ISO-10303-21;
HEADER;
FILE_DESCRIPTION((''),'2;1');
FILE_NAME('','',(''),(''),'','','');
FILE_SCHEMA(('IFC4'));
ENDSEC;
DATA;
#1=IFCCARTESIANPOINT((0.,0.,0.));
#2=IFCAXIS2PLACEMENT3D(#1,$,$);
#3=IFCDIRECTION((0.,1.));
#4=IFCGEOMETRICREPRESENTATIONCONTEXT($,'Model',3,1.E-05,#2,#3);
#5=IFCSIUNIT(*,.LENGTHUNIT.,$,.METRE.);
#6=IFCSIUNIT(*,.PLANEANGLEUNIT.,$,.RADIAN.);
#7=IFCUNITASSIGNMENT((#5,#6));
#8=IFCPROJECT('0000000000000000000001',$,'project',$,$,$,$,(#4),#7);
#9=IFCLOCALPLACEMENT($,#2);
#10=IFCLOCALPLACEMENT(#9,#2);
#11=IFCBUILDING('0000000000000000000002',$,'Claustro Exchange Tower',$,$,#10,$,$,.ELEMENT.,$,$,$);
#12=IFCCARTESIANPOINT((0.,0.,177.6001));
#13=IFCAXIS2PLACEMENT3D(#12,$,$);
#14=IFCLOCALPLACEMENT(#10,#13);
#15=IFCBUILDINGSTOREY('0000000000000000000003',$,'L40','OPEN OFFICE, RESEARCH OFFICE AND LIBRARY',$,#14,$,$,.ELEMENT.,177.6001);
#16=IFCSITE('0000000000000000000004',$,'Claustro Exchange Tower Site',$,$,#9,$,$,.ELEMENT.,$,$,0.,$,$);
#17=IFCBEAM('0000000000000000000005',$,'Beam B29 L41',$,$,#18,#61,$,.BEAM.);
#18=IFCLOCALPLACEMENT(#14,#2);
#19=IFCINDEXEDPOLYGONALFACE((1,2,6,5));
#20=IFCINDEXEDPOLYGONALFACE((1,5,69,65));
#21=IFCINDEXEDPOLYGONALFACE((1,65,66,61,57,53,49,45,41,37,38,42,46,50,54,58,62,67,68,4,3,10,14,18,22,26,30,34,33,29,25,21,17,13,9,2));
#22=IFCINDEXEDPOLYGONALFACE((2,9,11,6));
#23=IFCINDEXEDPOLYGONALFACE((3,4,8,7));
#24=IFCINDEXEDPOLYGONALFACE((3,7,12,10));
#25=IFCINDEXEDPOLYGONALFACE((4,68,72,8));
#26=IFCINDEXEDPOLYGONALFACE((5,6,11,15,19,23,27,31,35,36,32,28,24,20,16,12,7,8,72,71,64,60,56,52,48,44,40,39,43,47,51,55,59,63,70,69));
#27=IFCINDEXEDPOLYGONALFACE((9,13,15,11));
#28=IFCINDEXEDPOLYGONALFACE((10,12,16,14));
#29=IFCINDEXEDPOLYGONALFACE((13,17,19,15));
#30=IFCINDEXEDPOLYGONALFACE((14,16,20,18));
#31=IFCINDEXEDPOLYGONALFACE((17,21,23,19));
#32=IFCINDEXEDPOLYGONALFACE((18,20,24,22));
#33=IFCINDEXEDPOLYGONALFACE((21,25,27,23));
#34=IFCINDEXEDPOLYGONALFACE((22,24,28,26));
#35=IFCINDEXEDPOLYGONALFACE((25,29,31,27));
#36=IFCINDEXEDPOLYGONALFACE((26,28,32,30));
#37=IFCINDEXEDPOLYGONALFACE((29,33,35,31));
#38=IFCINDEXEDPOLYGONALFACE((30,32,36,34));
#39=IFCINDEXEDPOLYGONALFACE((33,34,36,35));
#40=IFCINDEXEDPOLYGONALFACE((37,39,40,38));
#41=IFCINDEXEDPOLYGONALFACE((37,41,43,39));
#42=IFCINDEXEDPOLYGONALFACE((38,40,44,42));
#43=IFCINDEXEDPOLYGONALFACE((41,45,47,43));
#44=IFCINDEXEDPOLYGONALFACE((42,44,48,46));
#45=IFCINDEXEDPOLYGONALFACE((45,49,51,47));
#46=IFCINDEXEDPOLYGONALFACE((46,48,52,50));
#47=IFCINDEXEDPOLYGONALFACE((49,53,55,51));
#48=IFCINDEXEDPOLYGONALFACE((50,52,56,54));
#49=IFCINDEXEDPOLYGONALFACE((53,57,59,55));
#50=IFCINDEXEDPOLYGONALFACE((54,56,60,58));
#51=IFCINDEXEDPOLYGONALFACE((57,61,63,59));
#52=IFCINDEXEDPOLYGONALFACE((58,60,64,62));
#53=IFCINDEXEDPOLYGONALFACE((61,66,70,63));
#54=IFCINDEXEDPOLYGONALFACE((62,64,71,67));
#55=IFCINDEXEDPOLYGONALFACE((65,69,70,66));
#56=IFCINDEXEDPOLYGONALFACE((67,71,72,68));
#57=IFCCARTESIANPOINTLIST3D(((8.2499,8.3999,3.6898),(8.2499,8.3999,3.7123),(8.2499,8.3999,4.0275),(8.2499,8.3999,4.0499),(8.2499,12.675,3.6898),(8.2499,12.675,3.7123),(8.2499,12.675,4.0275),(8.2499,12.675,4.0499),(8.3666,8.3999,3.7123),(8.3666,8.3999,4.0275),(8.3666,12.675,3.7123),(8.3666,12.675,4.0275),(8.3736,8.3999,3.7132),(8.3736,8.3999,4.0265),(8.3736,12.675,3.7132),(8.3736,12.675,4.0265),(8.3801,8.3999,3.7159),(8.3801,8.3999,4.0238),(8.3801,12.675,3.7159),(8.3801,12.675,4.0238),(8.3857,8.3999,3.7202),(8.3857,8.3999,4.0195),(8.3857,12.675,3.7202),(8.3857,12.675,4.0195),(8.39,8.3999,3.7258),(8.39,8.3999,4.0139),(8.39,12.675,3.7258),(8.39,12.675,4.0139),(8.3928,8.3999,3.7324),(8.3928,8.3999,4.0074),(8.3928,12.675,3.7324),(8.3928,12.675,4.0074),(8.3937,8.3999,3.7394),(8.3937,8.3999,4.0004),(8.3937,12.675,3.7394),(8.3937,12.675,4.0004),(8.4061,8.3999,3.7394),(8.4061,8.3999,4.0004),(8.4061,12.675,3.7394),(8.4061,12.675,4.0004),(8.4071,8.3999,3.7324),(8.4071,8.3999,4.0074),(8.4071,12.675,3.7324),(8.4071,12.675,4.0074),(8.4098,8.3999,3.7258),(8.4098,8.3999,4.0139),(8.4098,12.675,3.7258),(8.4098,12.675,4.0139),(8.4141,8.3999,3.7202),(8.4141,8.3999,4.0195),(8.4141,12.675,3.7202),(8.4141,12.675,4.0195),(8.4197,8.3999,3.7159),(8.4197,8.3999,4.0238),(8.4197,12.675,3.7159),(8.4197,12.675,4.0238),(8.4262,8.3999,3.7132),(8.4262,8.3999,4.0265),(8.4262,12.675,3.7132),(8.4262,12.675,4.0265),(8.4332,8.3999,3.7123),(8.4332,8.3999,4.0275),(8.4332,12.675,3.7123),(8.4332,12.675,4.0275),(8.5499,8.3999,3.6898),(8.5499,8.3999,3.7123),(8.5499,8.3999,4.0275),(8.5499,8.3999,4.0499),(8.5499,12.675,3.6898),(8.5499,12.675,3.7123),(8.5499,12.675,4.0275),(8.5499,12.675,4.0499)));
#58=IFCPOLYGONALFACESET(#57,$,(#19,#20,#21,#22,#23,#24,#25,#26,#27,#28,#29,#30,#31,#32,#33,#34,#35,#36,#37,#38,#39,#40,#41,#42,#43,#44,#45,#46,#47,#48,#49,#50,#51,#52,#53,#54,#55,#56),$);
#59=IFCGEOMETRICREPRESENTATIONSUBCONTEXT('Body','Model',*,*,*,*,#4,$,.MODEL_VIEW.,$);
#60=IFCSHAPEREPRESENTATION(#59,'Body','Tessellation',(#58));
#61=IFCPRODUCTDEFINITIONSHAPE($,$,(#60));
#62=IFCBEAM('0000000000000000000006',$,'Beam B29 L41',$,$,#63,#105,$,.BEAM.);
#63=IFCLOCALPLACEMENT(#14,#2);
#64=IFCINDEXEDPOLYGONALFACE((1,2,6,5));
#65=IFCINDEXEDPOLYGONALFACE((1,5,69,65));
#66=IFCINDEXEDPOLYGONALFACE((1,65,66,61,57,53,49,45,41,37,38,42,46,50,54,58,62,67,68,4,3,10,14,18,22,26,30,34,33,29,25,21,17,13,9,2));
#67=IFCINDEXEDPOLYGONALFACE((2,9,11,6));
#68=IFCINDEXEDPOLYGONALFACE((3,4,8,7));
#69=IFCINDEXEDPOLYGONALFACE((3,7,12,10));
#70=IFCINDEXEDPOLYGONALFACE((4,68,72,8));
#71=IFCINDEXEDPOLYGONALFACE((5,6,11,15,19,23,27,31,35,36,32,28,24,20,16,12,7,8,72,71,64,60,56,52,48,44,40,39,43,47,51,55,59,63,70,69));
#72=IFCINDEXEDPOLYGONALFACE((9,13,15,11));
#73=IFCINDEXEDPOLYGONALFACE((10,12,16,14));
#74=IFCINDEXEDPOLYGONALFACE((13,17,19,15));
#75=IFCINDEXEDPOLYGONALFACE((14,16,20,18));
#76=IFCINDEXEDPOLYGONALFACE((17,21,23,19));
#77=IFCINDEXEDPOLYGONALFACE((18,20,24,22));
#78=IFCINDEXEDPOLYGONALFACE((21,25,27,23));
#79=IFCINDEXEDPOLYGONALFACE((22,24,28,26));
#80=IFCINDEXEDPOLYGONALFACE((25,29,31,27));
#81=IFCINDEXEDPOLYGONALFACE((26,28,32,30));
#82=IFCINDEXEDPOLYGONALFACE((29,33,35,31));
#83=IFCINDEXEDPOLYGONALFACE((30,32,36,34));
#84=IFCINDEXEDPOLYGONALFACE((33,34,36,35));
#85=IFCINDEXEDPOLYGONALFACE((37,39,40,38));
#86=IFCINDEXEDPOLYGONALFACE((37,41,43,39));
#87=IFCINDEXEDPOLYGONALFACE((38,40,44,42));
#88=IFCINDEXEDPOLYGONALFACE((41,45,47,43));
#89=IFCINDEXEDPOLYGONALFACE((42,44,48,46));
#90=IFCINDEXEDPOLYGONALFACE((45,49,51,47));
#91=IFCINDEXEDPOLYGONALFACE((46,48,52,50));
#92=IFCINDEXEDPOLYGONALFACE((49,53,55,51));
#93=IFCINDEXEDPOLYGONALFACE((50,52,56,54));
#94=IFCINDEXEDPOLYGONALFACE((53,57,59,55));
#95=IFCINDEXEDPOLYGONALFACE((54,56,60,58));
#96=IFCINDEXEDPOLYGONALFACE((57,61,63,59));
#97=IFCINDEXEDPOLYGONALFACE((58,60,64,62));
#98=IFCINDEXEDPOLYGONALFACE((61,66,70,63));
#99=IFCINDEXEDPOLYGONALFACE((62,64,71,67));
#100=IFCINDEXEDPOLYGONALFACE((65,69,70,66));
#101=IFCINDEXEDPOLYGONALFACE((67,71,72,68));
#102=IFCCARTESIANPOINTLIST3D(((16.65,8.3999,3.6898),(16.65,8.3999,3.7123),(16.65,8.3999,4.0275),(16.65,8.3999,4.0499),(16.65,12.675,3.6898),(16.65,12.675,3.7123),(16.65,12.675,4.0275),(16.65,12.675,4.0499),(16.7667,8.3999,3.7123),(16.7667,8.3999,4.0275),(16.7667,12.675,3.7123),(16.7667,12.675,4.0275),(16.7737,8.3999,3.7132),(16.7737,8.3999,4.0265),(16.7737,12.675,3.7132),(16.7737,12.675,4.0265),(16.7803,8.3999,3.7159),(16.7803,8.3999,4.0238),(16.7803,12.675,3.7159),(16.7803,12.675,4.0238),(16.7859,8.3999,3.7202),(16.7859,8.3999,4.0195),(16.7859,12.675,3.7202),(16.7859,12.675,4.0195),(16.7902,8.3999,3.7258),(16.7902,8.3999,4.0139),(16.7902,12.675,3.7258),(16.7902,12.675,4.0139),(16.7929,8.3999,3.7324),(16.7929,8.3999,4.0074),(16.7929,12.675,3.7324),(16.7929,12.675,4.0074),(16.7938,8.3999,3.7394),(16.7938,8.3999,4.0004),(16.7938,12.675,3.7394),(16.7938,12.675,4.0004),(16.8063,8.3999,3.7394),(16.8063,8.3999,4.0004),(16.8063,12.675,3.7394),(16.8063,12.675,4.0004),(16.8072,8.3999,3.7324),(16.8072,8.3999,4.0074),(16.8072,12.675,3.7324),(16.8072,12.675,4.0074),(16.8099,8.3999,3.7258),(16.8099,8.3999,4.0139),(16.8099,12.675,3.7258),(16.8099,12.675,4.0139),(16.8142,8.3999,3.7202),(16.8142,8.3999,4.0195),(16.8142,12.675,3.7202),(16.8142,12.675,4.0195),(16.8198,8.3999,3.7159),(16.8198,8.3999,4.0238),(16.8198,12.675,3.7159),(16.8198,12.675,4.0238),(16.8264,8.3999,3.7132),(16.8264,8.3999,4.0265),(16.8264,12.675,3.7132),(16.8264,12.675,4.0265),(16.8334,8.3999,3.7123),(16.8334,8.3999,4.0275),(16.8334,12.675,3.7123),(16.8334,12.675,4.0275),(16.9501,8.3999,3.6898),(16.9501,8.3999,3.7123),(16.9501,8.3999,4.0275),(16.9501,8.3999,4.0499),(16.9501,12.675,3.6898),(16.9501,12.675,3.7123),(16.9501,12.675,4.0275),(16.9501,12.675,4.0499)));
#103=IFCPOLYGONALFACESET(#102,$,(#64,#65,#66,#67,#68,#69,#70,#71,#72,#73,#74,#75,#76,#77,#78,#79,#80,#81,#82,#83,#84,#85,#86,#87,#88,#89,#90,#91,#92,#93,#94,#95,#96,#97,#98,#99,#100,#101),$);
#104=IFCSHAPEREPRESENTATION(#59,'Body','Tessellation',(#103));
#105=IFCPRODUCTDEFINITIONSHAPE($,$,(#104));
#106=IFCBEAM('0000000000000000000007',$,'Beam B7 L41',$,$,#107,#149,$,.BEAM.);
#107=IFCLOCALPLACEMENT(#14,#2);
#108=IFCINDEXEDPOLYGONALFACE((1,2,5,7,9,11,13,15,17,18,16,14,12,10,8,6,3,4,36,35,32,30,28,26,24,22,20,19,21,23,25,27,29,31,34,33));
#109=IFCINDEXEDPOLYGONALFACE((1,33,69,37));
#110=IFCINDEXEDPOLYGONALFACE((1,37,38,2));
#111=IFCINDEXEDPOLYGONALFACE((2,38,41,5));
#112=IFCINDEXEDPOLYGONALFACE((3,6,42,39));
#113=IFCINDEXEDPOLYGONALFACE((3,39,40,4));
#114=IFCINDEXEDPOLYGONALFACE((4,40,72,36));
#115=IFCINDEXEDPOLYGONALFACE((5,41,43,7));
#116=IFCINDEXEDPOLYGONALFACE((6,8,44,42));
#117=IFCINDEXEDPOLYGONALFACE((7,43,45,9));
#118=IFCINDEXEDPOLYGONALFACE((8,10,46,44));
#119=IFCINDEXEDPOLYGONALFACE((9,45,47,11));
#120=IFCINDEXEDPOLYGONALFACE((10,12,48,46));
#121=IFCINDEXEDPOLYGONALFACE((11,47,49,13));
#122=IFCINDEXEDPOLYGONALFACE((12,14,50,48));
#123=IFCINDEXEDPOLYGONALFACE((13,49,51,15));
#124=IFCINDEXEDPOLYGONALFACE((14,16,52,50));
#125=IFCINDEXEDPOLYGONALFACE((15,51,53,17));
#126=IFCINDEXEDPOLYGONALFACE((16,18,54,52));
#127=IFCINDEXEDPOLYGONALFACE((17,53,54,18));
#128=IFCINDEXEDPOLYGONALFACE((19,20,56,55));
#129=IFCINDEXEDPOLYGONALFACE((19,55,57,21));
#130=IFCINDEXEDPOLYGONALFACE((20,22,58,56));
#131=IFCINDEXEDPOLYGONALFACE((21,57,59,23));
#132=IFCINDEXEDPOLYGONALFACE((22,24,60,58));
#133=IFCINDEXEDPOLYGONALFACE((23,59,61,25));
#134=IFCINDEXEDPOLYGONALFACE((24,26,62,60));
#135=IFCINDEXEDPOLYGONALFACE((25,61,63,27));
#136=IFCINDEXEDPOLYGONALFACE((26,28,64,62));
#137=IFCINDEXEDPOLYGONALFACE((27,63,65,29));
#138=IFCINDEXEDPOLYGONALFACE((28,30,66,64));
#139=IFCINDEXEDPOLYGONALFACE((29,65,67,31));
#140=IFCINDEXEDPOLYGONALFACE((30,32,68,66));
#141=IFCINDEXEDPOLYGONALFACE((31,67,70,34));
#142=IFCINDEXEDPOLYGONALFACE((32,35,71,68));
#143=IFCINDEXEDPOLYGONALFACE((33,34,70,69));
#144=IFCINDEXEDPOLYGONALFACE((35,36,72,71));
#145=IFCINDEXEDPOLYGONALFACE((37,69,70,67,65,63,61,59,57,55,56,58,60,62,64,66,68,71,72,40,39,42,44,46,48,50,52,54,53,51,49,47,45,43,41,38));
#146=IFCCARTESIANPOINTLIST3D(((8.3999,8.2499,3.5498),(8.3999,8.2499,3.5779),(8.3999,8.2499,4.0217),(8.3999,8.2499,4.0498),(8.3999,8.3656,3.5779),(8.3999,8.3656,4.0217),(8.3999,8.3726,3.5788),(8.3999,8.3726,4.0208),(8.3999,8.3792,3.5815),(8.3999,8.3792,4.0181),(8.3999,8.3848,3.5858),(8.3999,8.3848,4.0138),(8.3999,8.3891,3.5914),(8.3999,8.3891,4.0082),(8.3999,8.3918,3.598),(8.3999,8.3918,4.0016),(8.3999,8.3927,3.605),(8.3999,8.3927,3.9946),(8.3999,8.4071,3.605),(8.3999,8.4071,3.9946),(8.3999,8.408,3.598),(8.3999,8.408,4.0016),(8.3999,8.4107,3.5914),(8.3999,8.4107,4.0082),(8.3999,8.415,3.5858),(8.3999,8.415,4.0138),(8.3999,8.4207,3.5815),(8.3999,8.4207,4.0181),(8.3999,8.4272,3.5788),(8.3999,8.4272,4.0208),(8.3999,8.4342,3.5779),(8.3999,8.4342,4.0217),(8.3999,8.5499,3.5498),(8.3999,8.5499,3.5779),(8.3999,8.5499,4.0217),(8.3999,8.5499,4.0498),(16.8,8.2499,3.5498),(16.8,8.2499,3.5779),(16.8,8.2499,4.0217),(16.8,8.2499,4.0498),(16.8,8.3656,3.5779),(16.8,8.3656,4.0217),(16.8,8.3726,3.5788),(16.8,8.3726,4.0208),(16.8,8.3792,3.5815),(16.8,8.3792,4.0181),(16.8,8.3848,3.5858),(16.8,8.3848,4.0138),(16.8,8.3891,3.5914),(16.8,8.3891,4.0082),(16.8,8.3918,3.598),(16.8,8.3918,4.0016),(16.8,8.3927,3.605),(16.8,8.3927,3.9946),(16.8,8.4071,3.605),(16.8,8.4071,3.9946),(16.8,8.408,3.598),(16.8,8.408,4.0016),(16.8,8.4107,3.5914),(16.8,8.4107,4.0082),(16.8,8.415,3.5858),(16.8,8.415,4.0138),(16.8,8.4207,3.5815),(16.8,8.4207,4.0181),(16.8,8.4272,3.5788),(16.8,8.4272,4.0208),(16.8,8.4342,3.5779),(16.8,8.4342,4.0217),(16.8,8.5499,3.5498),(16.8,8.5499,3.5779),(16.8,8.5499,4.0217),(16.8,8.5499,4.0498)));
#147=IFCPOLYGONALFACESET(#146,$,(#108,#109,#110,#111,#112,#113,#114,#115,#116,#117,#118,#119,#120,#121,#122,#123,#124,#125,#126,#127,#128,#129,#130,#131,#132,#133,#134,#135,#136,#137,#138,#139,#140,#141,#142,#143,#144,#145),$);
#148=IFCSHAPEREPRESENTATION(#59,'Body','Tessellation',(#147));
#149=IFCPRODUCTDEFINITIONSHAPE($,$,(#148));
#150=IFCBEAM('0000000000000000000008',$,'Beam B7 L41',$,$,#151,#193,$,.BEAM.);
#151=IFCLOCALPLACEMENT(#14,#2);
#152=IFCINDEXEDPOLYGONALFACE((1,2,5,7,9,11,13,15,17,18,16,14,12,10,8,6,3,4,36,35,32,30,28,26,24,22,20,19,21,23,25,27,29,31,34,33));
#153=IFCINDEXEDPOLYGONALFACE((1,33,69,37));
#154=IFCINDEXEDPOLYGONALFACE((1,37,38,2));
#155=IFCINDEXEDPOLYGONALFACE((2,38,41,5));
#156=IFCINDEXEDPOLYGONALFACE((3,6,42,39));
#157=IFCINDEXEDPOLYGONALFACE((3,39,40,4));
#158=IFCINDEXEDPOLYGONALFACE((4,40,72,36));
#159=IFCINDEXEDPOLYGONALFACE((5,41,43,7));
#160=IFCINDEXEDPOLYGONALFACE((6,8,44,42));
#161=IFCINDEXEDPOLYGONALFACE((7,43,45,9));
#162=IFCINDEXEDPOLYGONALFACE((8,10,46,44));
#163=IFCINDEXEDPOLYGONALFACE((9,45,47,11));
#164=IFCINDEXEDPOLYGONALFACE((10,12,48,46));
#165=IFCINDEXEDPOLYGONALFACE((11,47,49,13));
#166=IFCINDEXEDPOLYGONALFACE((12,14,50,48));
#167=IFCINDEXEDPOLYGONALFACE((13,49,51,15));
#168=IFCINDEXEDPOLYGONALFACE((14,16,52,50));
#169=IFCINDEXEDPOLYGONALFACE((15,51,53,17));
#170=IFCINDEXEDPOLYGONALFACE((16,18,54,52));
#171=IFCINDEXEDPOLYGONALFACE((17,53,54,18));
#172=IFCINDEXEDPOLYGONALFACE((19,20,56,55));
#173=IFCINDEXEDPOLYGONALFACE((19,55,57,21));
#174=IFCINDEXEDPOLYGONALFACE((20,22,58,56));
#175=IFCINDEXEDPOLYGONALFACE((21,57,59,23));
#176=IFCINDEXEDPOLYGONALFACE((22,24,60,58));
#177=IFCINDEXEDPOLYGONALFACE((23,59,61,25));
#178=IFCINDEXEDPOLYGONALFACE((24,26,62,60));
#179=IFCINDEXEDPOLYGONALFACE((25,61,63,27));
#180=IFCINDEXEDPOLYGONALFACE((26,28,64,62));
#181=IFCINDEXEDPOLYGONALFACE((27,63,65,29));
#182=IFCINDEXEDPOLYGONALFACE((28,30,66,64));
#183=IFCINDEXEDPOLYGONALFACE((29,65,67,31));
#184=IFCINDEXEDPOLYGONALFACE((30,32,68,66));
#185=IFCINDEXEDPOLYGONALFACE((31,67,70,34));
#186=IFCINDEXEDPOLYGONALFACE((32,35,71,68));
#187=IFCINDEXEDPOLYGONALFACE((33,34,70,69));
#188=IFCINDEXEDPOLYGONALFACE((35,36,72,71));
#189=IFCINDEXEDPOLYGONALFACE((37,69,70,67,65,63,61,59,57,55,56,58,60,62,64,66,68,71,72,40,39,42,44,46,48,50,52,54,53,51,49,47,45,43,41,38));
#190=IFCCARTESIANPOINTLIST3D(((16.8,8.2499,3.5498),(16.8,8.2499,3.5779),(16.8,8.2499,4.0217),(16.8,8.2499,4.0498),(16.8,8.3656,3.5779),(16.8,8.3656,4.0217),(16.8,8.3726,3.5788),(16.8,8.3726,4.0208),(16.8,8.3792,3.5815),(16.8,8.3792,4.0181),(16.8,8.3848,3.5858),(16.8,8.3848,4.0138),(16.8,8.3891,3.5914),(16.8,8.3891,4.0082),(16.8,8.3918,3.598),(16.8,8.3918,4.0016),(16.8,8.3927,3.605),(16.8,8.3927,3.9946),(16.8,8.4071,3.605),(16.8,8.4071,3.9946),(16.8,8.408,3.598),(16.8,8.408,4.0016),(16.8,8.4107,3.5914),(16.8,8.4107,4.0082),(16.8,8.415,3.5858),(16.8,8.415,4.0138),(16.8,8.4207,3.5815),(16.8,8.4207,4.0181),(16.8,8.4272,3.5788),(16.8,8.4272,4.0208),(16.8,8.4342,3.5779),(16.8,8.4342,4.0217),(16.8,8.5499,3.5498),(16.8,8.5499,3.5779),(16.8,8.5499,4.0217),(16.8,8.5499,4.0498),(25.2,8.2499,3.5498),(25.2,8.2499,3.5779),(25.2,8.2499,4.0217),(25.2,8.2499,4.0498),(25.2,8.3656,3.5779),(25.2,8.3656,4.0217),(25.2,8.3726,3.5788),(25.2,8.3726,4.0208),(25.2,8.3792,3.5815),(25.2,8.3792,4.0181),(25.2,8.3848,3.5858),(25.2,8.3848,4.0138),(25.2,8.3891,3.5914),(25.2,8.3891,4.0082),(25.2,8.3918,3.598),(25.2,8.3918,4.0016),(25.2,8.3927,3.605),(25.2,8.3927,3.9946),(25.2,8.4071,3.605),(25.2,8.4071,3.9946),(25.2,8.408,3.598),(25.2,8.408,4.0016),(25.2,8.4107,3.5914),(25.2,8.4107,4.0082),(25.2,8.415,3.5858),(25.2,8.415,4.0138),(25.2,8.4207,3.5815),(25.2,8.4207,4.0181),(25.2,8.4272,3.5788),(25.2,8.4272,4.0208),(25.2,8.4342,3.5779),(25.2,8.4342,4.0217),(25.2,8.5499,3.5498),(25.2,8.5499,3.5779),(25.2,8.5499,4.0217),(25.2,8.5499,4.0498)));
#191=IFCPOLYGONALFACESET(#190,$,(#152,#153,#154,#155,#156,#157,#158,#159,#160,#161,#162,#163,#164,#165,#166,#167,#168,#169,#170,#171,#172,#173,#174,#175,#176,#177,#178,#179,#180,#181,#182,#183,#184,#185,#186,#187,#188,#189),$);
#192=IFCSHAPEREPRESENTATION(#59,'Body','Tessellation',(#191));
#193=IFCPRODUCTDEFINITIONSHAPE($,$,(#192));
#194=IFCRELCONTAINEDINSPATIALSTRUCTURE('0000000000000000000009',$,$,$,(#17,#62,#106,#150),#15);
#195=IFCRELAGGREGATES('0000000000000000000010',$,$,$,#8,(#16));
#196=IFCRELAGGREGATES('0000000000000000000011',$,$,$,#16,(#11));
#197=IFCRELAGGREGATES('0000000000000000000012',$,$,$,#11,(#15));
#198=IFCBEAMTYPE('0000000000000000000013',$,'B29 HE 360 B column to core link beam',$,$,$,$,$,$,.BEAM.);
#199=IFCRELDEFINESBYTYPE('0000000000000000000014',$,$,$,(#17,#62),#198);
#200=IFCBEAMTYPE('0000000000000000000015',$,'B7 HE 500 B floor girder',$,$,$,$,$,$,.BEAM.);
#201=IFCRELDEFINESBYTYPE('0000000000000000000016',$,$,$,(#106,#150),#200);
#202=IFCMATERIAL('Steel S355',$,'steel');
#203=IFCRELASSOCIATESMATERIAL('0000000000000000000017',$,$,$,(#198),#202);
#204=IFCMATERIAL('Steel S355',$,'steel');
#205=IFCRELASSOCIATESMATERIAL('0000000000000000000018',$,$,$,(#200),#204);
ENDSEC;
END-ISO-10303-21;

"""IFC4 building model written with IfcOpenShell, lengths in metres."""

from ifc_helpers import new_model, si_unit, direction, frame, origin, origin_2d, place, context, subcontext, project, spatial, i_section, extrude, material, material_profile, profile_set, type_object, element, save


model = new_model("IFC4")

# Units and contexts
model_context = context("Model", 3, precision=1e-05, world=origin(), true_north=direction((0.0, 1.0)))
body_context = subcontext(model_context, "Body", "Model", "MODEL_VIEW")
ifc_project = project(units=[si_unit("LENGTHUNIT", "METRE"), si_unit("PLANEANGLEUNIT", "RADIAN")], contexts=[model_context])

# Site, building, storey
site_placement = place(None, origin())
site = spatial("IfcSite", under=ifc_project, at=site_placement, Name="Claustro Exchange Tower Site", CompositionType="ELEMENT", RefElevation=0.0)
building_placement = place(site_placement, origin())
building = spatial("IfcBuilding", under=site, at=building_placement, Name="Claustro Exchange Tower", CompositionType="ELEMENT")
storey_placement = place(building_placement, frame((0.0, 0.0, 177.6001)))
storey = spatial("IfcBuildingStorey", under=building, at=storey_placement, Name="L40", Description="OPEN OFFICE, RESEARCH OFFICE AND LIBRARY", CompositionType="ELEMENT", Elevation=177.6001)

# Beams
ifc_material_1 = material(Name="Steel S355", Category="steel")
ifc_material_profile_1 = material_profile(ifc_material_1, i_section(OverallWidth=0.3, OverallDepth=0.3601, WebThickness=0.0125, FlangeThickness=0.0225, FilletRadius=0.0271, at=origin_2d()), Name="HE 360 B")
ifc_profile_set_1 = profile_set([ifc_material_profile_1], Name="Steel S355")
beam_type_1 = type_object("IfcBeamType", Name="B29 HE 360 B column to core link beam", PredefinedType="BEAM", material=ifc_profile_set_1)
for number, where, z_axis, x_axis, name in (
    (1, (8.3999, 8.3999, 3.8699), (0.0, 1.0, 0.0), (-1.0, 0.0, 0.0), "Beam B29 L41"),
    (2, (16.8, 8.3999, 3.8699), (0.0, 1.0, 0.0), (-1.0, 0.0, 0.0), "Beam B29 L41"),
):
    element("IfcBeam", number, at=place(storey_placement, frame(where, z_axis=z_axis, x_axis=x_axis)), inside=storey, type_object=beam_type_1, Name=name, PredefinedType="BEAM", context=body_context, shape_type="SweptSolid", body=[
        extrude(i_section(OverallWidth=0.3, OverallDepth=0.3601, WebThickness=0.0125, FlangeThickness=0.0225, FilletRadius=0.0271, at=origin_2d()), origin(), (0.0, 0.0, 1.0), 4.2751),
    ])
ifc_material_2 = material(Name="Steel S355", Category="steel")
ifc_material_profile_2 = material_profile(ifc_material_2, i_section(OverallWidth=0.3, OverallDepth=0.5, WebThickness=0.0144, FlangeThickness=0.0281, FilletRadius=0.0271, at=origin_2d()), Name="HE 500 B")
ifc_profile_set_2 = profile_set([ifc_material_profile_2], Name="Steel S355")
beam_type_2 = type_object("IfcBeamType", Name="B7 HE 500 B floor girder", PredefinedType="BEAM", material=ifc_profile_set_2)
beam_1_placement = place(storey_placement, frame((8.3999, 8.3999, 3.7998), z_axis=(1.0, 0.0, 0.0), x_axis=(0.0, 1.0, 0.0)))
element("IfcBeam", 3, at=beam_1_placement, inside=storey, type_object=beam_type_2, Name="Beam B7 L41", PredefinedType="BEAM", context=body_context, shape_type="SweptSolid", body=[
    extrude(i_section(OverallWidth=0.3, OverallDepth=0.5, WebThickness=0.0144, FlangeThickness=0.0281, FilletRadius=0.0271, at=origin_2d()), origin(), (0.0, 0.0, 1.0), 8.4001),
])
beam_2_placement = place(storey_placement, frame((16.8, 8.3999, 3.7998), z_axis=(1.0, 0.0, 0.0), x_axis=(0.0, 1.0, 0.0)))
element("IfcBeam", 4, at=beam_2_placement, inside=storey, type_object=beam_type_2, Name="Beam B7 L41", PredefinedType="BEAM", context=body_context, shape_type="SweptSolid", body=[
    extrude(i_section(OverallWidth=0.3, OverallDepth=0.5, WebThickness=0.0144, FlangeThickness=0.0281, FilletRadius=0.0271, at=origin_2d()), origin(), (0.0, 0.0, 1.0), 8.3999),
])

save(model, "model.ifc")
